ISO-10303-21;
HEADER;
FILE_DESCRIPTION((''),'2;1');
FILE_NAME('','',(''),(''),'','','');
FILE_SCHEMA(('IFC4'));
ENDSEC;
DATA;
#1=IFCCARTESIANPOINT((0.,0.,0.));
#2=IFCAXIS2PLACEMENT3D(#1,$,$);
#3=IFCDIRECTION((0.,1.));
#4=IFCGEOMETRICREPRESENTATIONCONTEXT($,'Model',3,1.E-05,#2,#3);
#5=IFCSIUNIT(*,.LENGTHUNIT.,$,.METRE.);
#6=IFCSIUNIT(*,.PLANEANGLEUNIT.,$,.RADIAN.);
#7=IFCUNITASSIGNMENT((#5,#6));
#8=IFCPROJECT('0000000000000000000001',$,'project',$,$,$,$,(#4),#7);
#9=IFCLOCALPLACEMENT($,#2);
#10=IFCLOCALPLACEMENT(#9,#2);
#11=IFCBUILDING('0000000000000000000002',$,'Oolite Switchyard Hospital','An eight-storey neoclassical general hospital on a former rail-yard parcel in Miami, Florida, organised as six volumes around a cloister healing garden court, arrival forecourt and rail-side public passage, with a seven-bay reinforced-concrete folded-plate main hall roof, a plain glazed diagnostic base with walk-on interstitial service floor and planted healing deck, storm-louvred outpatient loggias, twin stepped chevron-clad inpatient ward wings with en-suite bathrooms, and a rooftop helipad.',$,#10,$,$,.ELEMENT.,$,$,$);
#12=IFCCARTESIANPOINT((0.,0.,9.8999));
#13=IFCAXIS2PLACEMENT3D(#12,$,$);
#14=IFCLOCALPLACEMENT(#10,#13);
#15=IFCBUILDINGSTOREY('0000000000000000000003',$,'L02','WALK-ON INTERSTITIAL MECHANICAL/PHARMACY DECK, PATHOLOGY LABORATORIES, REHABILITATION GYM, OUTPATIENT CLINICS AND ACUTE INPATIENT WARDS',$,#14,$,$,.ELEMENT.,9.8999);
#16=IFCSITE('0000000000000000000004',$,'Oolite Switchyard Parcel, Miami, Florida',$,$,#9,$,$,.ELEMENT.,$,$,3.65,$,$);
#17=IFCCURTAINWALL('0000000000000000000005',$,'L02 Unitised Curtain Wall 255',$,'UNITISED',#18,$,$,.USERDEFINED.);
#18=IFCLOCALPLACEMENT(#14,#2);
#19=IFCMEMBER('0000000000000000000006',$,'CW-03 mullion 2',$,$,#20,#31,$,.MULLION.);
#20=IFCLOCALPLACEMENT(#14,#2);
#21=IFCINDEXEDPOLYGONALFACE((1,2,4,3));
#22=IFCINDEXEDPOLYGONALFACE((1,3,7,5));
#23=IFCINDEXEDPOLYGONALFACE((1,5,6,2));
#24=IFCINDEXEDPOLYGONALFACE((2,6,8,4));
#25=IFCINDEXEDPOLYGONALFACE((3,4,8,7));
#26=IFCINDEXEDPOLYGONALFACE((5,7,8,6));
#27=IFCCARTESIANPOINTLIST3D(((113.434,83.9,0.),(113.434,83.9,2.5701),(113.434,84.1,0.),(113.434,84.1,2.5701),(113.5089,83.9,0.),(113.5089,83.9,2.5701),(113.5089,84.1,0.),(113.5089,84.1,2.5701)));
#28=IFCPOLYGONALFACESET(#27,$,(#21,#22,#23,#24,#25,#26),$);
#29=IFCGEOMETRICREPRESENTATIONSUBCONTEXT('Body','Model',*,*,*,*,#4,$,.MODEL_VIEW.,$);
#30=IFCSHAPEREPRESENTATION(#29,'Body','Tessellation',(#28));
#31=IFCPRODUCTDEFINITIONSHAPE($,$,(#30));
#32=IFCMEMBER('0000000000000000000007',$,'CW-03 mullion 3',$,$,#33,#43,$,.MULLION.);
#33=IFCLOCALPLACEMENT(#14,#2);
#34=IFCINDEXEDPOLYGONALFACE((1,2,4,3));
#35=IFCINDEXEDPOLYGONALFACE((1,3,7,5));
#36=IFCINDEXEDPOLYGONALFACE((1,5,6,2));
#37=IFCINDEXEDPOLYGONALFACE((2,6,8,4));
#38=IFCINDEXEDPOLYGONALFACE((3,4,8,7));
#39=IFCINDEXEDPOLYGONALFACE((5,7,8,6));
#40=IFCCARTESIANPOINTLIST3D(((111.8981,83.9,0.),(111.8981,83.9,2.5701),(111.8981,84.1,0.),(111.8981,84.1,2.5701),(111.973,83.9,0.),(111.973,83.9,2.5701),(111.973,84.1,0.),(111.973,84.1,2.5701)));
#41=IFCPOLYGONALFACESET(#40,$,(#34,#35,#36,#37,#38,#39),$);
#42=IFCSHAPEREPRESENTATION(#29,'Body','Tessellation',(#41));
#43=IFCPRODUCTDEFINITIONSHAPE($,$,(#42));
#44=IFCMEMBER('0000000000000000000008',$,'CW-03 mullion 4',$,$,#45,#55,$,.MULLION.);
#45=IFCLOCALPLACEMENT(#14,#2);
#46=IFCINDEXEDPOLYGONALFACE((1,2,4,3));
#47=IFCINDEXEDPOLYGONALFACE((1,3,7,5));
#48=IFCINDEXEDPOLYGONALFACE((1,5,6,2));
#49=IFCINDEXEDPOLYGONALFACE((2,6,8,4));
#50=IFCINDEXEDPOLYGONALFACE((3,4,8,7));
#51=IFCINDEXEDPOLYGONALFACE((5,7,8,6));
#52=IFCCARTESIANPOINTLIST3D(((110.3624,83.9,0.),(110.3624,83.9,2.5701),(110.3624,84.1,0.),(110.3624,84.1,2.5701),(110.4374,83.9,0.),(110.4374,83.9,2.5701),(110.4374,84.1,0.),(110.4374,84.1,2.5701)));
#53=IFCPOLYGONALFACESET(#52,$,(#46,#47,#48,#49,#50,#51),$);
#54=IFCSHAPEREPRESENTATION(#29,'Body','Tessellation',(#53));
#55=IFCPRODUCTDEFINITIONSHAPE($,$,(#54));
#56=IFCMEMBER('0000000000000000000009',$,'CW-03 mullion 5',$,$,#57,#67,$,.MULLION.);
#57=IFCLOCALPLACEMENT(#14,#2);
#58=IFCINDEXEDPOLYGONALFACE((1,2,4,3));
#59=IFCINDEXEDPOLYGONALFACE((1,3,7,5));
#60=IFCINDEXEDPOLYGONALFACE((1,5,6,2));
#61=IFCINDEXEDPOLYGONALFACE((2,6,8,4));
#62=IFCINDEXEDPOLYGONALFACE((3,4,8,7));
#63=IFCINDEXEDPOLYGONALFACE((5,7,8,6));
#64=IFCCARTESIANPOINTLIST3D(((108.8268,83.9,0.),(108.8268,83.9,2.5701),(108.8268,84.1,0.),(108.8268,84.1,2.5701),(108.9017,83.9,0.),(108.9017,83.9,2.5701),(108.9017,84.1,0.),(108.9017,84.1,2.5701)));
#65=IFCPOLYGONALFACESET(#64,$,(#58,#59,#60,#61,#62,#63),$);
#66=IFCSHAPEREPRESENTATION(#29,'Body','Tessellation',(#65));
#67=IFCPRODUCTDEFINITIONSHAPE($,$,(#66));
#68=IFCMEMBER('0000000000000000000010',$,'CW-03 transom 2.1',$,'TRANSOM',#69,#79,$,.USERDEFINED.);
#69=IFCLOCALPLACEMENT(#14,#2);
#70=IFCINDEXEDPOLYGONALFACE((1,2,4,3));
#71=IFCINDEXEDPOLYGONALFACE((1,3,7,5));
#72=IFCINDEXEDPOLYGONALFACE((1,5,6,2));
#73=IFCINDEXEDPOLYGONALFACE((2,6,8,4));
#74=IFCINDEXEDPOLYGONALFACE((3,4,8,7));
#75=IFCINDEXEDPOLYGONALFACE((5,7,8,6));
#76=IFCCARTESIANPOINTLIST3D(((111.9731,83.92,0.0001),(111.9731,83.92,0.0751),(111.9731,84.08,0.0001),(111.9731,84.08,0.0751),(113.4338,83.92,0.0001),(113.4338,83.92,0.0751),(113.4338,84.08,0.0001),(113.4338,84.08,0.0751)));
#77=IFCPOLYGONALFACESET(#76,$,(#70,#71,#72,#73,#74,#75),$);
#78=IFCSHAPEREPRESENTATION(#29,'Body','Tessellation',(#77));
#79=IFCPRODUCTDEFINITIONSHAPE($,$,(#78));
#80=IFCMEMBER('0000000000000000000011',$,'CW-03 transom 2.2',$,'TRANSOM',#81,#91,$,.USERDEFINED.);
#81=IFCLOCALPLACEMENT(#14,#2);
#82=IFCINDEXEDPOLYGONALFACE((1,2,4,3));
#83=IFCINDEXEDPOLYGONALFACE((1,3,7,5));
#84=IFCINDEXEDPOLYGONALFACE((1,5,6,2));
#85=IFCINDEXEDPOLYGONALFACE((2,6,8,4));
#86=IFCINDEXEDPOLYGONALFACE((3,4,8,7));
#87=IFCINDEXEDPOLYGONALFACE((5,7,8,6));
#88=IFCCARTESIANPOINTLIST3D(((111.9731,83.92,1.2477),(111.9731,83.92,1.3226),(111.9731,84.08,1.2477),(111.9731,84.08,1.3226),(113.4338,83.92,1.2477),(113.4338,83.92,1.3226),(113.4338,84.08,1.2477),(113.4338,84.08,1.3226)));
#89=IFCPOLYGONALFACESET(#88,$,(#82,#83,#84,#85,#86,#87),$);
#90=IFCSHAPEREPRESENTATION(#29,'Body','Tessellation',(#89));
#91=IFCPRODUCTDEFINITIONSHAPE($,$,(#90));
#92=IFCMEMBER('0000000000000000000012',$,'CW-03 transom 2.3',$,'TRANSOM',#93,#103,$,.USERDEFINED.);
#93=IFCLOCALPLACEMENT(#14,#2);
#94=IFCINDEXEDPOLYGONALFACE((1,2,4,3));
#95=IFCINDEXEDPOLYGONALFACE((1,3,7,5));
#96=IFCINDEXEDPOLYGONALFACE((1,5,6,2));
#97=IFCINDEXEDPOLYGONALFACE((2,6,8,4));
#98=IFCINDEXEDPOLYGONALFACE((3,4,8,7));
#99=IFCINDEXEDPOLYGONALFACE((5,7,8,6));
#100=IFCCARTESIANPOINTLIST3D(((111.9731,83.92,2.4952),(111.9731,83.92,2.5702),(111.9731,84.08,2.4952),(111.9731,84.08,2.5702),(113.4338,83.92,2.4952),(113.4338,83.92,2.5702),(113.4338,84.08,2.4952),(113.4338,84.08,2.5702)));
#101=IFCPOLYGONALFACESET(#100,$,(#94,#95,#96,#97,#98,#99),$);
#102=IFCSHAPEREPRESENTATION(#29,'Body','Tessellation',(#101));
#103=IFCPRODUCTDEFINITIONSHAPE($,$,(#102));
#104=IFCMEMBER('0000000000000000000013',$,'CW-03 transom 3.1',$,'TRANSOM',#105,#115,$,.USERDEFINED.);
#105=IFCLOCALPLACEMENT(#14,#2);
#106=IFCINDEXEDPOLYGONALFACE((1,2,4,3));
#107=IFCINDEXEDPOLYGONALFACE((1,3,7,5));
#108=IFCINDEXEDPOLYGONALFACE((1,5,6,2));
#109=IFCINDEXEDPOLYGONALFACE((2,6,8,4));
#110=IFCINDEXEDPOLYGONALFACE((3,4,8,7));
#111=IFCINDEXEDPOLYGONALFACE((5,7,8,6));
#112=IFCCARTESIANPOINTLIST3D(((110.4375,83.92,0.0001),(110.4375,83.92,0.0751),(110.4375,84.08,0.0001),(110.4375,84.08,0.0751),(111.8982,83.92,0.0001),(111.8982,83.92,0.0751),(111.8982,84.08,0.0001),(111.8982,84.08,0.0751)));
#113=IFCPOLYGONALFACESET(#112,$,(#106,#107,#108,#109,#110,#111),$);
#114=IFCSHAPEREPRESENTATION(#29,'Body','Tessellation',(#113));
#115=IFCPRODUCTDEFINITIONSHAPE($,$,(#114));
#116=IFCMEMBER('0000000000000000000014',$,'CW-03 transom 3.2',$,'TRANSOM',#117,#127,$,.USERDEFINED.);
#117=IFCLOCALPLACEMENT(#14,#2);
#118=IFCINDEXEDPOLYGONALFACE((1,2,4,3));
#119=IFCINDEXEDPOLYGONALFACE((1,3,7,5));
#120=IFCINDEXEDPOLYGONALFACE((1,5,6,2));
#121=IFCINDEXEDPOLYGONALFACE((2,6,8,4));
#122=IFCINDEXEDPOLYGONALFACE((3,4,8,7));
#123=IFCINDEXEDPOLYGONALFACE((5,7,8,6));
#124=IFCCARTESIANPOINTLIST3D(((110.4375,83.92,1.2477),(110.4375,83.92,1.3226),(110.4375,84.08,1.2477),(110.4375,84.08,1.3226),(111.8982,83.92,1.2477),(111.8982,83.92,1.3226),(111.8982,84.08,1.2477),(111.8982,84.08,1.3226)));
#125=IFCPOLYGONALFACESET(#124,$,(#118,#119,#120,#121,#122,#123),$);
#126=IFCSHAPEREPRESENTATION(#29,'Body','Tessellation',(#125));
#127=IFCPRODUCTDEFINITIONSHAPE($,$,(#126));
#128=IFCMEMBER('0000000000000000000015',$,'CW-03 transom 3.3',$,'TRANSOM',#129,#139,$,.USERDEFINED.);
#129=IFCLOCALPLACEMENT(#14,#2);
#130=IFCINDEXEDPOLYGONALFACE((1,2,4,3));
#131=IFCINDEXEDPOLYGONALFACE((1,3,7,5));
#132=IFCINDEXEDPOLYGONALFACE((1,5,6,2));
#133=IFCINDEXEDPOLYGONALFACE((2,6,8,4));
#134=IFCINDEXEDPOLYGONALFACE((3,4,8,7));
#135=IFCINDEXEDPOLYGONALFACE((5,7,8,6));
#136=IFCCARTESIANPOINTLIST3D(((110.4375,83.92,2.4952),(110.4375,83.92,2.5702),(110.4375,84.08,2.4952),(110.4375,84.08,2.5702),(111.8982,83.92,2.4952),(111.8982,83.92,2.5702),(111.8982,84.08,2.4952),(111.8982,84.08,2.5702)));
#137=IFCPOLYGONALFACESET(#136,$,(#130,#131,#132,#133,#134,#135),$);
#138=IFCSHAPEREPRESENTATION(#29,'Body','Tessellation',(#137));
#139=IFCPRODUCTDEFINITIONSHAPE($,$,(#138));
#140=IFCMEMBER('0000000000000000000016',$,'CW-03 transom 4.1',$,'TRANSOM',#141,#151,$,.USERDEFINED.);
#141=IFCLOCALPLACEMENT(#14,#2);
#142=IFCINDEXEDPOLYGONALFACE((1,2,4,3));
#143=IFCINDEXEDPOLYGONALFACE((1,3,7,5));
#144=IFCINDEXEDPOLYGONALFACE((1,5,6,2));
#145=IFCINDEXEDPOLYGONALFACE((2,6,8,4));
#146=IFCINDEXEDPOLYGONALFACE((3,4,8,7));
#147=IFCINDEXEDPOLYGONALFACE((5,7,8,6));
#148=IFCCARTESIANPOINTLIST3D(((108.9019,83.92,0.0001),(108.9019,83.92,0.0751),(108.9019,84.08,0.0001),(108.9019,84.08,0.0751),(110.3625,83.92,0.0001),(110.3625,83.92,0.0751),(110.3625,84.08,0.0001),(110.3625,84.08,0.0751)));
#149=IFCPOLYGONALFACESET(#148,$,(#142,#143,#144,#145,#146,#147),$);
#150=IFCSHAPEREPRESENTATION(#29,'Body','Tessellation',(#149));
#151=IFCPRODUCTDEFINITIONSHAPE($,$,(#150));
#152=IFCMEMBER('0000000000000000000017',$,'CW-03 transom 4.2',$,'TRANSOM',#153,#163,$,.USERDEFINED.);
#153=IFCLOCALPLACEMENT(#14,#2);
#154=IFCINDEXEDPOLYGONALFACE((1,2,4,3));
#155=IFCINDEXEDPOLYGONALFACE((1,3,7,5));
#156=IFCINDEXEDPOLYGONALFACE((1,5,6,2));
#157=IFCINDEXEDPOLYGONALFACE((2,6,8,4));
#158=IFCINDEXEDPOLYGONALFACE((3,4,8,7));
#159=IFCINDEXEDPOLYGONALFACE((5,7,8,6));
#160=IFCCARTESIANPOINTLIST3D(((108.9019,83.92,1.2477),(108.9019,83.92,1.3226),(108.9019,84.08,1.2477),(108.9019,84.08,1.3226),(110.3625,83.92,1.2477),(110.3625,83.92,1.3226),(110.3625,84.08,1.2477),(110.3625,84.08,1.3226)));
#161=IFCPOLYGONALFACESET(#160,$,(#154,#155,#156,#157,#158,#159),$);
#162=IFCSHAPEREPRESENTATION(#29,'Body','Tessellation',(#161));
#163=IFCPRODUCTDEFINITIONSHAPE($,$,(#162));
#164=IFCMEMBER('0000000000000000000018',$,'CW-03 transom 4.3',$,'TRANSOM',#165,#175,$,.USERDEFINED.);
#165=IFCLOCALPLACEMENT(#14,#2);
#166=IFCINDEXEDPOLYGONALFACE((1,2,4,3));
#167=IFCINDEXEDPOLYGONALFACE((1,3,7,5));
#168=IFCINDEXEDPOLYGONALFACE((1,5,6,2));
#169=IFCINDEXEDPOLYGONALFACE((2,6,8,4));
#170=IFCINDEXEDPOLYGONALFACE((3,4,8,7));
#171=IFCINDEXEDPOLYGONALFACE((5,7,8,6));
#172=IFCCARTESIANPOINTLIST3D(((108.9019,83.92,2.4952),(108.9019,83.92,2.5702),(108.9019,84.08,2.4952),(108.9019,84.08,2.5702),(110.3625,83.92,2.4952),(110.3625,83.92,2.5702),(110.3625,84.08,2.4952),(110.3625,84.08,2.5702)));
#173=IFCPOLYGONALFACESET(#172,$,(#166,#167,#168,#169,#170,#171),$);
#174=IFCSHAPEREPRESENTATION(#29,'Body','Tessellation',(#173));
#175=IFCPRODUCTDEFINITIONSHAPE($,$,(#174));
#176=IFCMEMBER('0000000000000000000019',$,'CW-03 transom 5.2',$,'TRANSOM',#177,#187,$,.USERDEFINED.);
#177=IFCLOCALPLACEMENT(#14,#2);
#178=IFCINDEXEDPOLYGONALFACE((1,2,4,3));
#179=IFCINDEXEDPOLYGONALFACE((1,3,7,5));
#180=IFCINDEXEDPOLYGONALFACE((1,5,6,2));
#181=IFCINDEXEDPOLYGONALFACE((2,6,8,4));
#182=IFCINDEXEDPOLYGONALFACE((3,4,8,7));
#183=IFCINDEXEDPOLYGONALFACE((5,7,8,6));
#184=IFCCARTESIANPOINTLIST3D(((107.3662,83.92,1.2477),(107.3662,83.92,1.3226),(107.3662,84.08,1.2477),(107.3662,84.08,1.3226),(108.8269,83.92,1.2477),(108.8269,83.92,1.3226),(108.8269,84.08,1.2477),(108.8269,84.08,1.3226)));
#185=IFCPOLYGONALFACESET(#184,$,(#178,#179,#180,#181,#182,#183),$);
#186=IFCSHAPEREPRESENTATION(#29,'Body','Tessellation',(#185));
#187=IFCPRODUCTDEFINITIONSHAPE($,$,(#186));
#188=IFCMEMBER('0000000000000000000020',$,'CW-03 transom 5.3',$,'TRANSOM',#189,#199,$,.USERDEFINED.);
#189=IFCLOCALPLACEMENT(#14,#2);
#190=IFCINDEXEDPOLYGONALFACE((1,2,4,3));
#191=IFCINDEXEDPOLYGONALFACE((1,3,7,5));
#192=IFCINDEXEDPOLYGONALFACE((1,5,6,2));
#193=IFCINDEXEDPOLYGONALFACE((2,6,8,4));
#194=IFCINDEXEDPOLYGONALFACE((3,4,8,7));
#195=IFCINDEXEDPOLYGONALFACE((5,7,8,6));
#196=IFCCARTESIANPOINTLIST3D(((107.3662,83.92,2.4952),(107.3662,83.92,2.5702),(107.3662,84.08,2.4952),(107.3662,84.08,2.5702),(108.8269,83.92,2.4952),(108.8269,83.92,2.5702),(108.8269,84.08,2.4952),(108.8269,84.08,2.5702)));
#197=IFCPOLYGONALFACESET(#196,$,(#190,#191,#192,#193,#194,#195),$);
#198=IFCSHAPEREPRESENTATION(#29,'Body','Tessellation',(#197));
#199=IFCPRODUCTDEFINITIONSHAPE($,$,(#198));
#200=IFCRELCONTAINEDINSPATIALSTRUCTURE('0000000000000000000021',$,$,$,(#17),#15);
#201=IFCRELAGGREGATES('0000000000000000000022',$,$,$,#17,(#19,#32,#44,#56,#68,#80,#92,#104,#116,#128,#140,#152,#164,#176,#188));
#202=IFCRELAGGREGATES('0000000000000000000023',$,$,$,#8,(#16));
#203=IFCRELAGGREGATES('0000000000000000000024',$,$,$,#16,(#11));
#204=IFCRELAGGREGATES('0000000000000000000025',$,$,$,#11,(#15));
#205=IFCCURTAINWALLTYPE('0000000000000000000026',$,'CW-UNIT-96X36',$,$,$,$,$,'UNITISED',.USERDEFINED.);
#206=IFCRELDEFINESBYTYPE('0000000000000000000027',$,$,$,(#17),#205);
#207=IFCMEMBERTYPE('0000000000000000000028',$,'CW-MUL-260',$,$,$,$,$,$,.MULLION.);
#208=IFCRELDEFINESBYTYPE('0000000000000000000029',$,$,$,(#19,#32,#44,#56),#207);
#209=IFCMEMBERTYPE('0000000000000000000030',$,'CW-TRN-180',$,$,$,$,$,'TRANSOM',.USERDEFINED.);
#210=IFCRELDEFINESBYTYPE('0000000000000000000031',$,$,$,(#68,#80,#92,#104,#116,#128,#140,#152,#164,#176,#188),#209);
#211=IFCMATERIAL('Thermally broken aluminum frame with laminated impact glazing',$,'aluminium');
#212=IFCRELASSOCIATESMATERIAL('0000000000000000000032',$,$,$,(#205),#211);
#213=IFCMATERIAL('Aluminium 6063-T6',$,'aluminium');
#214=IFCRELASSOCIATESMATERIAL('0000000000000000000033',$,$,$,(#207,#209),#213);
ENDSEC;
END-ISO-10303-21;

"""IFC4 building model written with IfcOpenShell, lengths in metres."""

from ifc_helpers import new_model, si_unit, direction, frame, origin, origin_2d, place, context, subcontext, project, spatial, rectangle, extrude, material, material_profile, profile_set, type_object, element, aggregate, save


model = new_model("IFC4")

# Units and contexts
model_context = context("Model", 3, precision=1e-05, world=origin(), true_north=direction((0.0, 1.0)))
body_context = subcontext(model_context, "Body", "Model", "MODEL_VIEW")
ifc_project = project(units=[si_unit("LENGTHUNIT", "METRE"), si_unit("PLANEANGLEUNIT", "RADIAN")], contexts=[model_context])

# Site, building, storey
site_placement = place(None, origin())
site = spatial("IfcSite", under=ifc_project, at=site_placement, Name="Oolite Switchyard Parcel, Miami, Florida", CompositionType="ELEMENT", RefElevation=3.65)
building_placement = place(site_placement, origin())
building = spatial("IfcBuilding", under=site, at=building_placement, Name="Oolite Switchyard Hospital", Description="An eight-storey neoclassical general hospital on a former rail-yard parcel in Miami, Florida, organised as six volumes around a cloister healing garden court, arrival forecourt and rail-side public passage, with a seven-bay reinforced-concrete folded-plate main hall roof, a plain glazed diagnostic base with walk-on interstitial service floor and planted healing deck, storm-louvred outpatient loggias, twin stepped chevron-clad inpatient ward wings with en-suite bathrooms, and a rooftop helipad.", CompositionType="ELEMENT")
storey_placement = place(building_placement, frame((0.0, 0.0, 9.8999)))
storey = spatial("IfcBuildingStorey", under=building, at=storey_placement, Name="L02", Description="WALK-ON INTERSTITIAL MECHANICAL/PHARMACY DECK, PATHOLOGY LABORATORIES, REHABILITATION GYM, OUTPATIENT CLINICS AND ACUTE INPATIENT WARDS", CompositionType="ELEMENT", Elevation=9.8999)

# Curtain wall, members
ifc_material_1 = material(Name="Thermally broken aluminum frame with laminated impact glazing", Category="aluminium")
curtain_wall_type = type_object("IfcCurtainWallType", Name="CW-UNIT-96X36", ElementType="UNITISED", PredefinedType="USERDEFINED", material=ifc_material_1)
curtain_wall_placement = place(storey_placement, origin())
curtain_wall = element("IfcCurtainWall", 1, at=curtain_wall_placement, inside=storey, type_object=curtain_wall_type, Name="L02 Unitised Curtain Wall 255", ObjectType="UNITISED", PredefinedType="USERDEFINED")
ifc_material_2 = material(Name="Aluminium 6063-T6", Category="aluminium")
ifc_material_profile_1 = material_profile(ifc_material_2, rectangle(XDim=0.2, YDim=0.075, at=origin_2d()), Name="CWM75X200")
ifc_profile_set_1 = profile_set([ifc_material_profile_1], Name="Aluminium 6063-T6")
member_type_1 = type_object("IfcMemberType", Name="CW-MUL-260", PredefinedType="MULLION", material=ifc_profile_set_1)
member_1_placement = place(storey_placement, frame((113.4714, 84.0, 0.0), z_axis=(0.0, 0.0, 1.0), x_axis=(0.0, -1.0, 0.0)))
member_1 = element("IfcMember", 2, at=member_1_placement, type_object=member_type_1, Name="CW-03 mullion 2", PredefinedType="MULLION", context=body_context, shape_type="SweptSolid", body=[
    extrude(rectangle(XDim=0.2, YDim=0.075, at=origin_2d()), origin(), (0.0, 0.0, 1.0), 2.5701),
])
member_2_placement = place(storey_placement, frame((111.9355, 84.0, 0.0), z_axis=(0.0, 0.0, 1.0), x_axis=(0.0, -1.0, 0.0)))
member_2 = element("IfcMember", 3, at=member_2_placement, type_object=member_type_1, Name="CW-03 mullion 3", PredefinedType="MULLION", context=body_context, shape_type="SweptSolid", body=[
    extrude(rectangle(XDim=0.2, YDim=0.075, at=origin_2d()), origin(), (0.0, 0.0, 1.0), 2.5701),
])
member_3_placement = place(storey_placement, frame((110.3999, 84.0, 0.0), z_axis=(0.0, 0.0, 1.0), x_axis=(0.0, -1.0, 0.0)))
member_3 = element("IfcMember", 4, at=member_3_placement, type_object=member_type_1, Name="CW-03 mullion 4", PredefinedType="MULLION", context=body_context, shape_type="SweptSolid", body=[
    extrude(rectangle(XDim=0.2, YDim=0.075, at=origin_2d()), origin(), (0.0, 0.0, 1.0), 2.5701),
])
member_4_placement = place(storey_placement, frame((108.8643, 84.0, 0.0), z_axis=(0.0, 0.0, 1.0), x_axis=(0.0, -1.0, 0.0)))
member_4 = element("IfcMember", 5, at=member_4_placement, type_object=member_type_1, Name="CW-03 mullion 5", PredefinedType="MULLION", context=body_context, shape_type="SweptSolid", body=[
    extrude(rectangle(XDim=0.2, YDim=0.075, at=origin_2d()), origin(), (0.0, 0.0, 1.0), 2.5701),
])
ifc_material_profile_2 = material_profile(ifc_material_2, rectangle(XDim=0.1599, YDim=0.075, at=origin_2d()), Name="CWT75X160")
ifc_profile_set_2 = profile_set([ifc_material_profile_2], Name="Aluminium 6063-T6")
member_type_2 = type_object("IfcMemberType", Name="CW-TRN-180", ElementType="TRANSOM", PredefinedType="USERDEFINED", material=ifc_profile_set_2)
member_5_placement = place(storey_placement, frame((113.4338, 84.0, 0.0376), z_axis=(-1.0, 0.0, 0.0), x_axis=(0.0, -1.0, 0.0)))
member_5 = element("IfcMember", 6, at=member_5_placement, type_object=member_type_2, Name="CW-03 transom 2.1", ObjectType="TRANSOM", PredefinedType="USERDEFINED", context=body_context, shape_type="SweptSolid", body=[
    extrude(rectangle(XDim=0.1599, YDim=0.075, at=origin_2d()), origin(), (0.0, 0.0, 1.0), 1.4607),
])
member_6_placement = place(storey_placement, frame((113.4338, 84.0, 1.2852), z_axis=(-1.0, 0.0, 0.0), x_axis=(0.0, -1.0, 0.0)))
member_6 = element("IfcMember", 7, at=member_6_placement, type_object=member_type_2, Name="CW-03 transom 2.2", ObjectType="TRANSOM", PredefinedType="USERDEFINED", context=body_context, shape_type="SweptSolid", body=[
    extrude(rectangle(XDim=0.1599, YDim=0.075, at=origin_2d()), origin(), (0.0, 0.0, 1.0), 1.4607),
])
member_7_placement = place(storey_placement, frame((113.4338, 84.0, 2.5327), z_axis=(-1.0, 0.0, 0.0), x_axis=(0.0, -1.0, 0.0)))
member_7 = element("IfcMember", 8, at=member_7_placement, type_object=member_type_2, Name="CW-03 transom 2.3", ObjectType="TRANSOM", PredefinedType="USERDEFINED", context=body_context, shape_type="SweptSolid", body=[
    extrude(rectangle(XDim=0.1599, YDim=0.075, at=origin_2d()), origin(), (0.0, 0.0, 1.0), 1.4607),
])
member_8_placement = place(storey_placement, frame((111.8982, 84.0, 0.0376), z_axis=(-1.0, 0.0, 0.0), x_axis=(0.0, -1.0, 0.0)))
member_8 = element("IfcMember", 9, at=member_8_placement, type_object=member_type_2, Name="CW-03 transom 3.1", ObjectType="TRANSOM", PredefinedType="USERDEFINED", context=body_context, shape_type="SweptSolid", body=[
    extrude(rectangle(XDim=0.1599, YDim=0.075, at=origin_2d()), origin(), (0.0, 0.0, 1.0), 1.4607),
])
member_9_placement = place(storey_placement, frame((111.8982, 84.0, 1.2852), z_axis=(-1.0, 0.0, 0.0), x_axis=(0.0, -1.0, 0.0)))
member_9 = element("IfcMember", 10, at=member_9_placement, type_object=member_type_2, Name="CW-03 transom 3.2", ObjectType="TRANSOM", PredefinedType="USERDEFINED", context=body_context, shape_type="SweptSolid", body=[
    extrude(rectangle(XDim=0.1599, YDim=0.075, at=origin_2d()), origin(), (0.0, 0.0, 1.0), 1.4607),
])
member_10_placement = place(storey_placement, frame((111.8982, 84.0, 2.5327), z_axis=(-1.0, 0.0, 0.0), x_axis=(0.0, -1.0, 0.0)))
member_10 = element("IfcMember", 11, at=member_10_placement, type_object=member_type_2, Name="CW-03 transom 3.3", ObjectType="TRANSOM", PredefinedType="USERDEFINED", context=body_context, shape_type="SweptSolid", body=[
    extrude(rectangle(XDim=0.1599, YDim=0.075, at=origin_2d()), origin(), (0.0, 0.0, 1.0), 1.4607),
])
member_11_placement = place(storey_placement, frame((110.3625, 84.0, 0.0376), z_axis=(-1.0, 0.0, 0.0), x_axis=(0.0, -1.0, 0.0)))
member_11 = element("IfcMember", 12, at=member_11_placement, type_object=member_type_2, Name="CW-03 transom 4.1", ObjectType="TRANSOM", PredefinedType="USERDEFINED", context=body_context, shape_type="SweptSolid", body=[
    extrude(rectangle(XDim=0.1599, YDim=0.075, at=origin_2d()), origin(), (0.0, 0.0, 1.0), 1.4607),
])
member_12_placement = place(storey_placement, frame((110.3625, 84.0, 1.2852), z_axis=(-1.0, 0.0, 0.0), x_axis=(0.0, -1.0, 0.0)))
member_12 = element("IfcMember", 13, at=member_12_placement, type_object=member_type_2, Name="CW-03 transom 4.2", ObjectType="TRANSOM", PredefinedType="USERDEFINED", context=body_context, shape_type="SweptSolid", body=[
    extrude(rectangle(XDim=0.1599, YDim=0.075, at=origin_2d()), origin(), (0.0, 0.0, 1.0), 1.4607),
])
member_13_placement = place(storey_placement, frame((110.3625, 84.0, 2.5327), z_axis=(-1.0, 0.0, 0.0), x_axis=(0.0, -1.0, 0.0)))
member_13 = element("IfcMember", 14, at=member_13_placement, type_object=member_type_2, Name="CW-03 transom 4.3", ObjectType="TRANSOM", PredefinedType="USERDEFINED", context=body_context, shape_type="SweptSolid", body=[
    extrude(rectangle(XDim=0.1599, YDim=0.075, at=origin_2d()), origin(), (0.0, 0.0, 1.0), 1.4607),
])
member_14_placement = place(storey_placement, frame((108.8269, 84.0, 1.2852), z_axis=(-1.0, 0.0, 0.0), x_axis=(0.0, -1.0, 0.0)))
member_14 = element("IfcMember", 15, at=member_14_placement, type_object=member_type_2, Name="CW-03 transom 5.2", ObjectType="TRANSOM", PredefinedType="USERDEFINED", context=body_context, shape_type="SweptSolid", body=[
    extrude(rectangle(XDim=0.1599, YDim=0.075, at=origin_2d()), origin(), (0.0, 0.0, 1.0), 1.4607),
])
member_15_placement = place(storey_placement, frame((108.8269, 84.0, 2.5327), z_axis=(-1.0, 0.0, 0.0), x_axis=(0.0, -1.0, 0.0)))
member_15 = element("IfcMember", 16, at=member_15_placement, type_object=member_type_2, Name="CW-03 transom 5.3", ObjectType="TRANSOM", PredefinedType="USERDEFINED", context=body_context, shape_type="SweptSolid", body=[
    extrude(rectangle(XDim=0.1599, YDim=0.075, at=origin_2d()), origin(), (0.0, 0.0, 1.0), 1.4607),
])
aggregate(curtain_wall, [member_1, member_2, member_3, member_4, member_5, member_6, member_7, member_8, member_9, member_10, member_11, member_12, member_13, member_14, member_15])

save(model, "model.ifc")
